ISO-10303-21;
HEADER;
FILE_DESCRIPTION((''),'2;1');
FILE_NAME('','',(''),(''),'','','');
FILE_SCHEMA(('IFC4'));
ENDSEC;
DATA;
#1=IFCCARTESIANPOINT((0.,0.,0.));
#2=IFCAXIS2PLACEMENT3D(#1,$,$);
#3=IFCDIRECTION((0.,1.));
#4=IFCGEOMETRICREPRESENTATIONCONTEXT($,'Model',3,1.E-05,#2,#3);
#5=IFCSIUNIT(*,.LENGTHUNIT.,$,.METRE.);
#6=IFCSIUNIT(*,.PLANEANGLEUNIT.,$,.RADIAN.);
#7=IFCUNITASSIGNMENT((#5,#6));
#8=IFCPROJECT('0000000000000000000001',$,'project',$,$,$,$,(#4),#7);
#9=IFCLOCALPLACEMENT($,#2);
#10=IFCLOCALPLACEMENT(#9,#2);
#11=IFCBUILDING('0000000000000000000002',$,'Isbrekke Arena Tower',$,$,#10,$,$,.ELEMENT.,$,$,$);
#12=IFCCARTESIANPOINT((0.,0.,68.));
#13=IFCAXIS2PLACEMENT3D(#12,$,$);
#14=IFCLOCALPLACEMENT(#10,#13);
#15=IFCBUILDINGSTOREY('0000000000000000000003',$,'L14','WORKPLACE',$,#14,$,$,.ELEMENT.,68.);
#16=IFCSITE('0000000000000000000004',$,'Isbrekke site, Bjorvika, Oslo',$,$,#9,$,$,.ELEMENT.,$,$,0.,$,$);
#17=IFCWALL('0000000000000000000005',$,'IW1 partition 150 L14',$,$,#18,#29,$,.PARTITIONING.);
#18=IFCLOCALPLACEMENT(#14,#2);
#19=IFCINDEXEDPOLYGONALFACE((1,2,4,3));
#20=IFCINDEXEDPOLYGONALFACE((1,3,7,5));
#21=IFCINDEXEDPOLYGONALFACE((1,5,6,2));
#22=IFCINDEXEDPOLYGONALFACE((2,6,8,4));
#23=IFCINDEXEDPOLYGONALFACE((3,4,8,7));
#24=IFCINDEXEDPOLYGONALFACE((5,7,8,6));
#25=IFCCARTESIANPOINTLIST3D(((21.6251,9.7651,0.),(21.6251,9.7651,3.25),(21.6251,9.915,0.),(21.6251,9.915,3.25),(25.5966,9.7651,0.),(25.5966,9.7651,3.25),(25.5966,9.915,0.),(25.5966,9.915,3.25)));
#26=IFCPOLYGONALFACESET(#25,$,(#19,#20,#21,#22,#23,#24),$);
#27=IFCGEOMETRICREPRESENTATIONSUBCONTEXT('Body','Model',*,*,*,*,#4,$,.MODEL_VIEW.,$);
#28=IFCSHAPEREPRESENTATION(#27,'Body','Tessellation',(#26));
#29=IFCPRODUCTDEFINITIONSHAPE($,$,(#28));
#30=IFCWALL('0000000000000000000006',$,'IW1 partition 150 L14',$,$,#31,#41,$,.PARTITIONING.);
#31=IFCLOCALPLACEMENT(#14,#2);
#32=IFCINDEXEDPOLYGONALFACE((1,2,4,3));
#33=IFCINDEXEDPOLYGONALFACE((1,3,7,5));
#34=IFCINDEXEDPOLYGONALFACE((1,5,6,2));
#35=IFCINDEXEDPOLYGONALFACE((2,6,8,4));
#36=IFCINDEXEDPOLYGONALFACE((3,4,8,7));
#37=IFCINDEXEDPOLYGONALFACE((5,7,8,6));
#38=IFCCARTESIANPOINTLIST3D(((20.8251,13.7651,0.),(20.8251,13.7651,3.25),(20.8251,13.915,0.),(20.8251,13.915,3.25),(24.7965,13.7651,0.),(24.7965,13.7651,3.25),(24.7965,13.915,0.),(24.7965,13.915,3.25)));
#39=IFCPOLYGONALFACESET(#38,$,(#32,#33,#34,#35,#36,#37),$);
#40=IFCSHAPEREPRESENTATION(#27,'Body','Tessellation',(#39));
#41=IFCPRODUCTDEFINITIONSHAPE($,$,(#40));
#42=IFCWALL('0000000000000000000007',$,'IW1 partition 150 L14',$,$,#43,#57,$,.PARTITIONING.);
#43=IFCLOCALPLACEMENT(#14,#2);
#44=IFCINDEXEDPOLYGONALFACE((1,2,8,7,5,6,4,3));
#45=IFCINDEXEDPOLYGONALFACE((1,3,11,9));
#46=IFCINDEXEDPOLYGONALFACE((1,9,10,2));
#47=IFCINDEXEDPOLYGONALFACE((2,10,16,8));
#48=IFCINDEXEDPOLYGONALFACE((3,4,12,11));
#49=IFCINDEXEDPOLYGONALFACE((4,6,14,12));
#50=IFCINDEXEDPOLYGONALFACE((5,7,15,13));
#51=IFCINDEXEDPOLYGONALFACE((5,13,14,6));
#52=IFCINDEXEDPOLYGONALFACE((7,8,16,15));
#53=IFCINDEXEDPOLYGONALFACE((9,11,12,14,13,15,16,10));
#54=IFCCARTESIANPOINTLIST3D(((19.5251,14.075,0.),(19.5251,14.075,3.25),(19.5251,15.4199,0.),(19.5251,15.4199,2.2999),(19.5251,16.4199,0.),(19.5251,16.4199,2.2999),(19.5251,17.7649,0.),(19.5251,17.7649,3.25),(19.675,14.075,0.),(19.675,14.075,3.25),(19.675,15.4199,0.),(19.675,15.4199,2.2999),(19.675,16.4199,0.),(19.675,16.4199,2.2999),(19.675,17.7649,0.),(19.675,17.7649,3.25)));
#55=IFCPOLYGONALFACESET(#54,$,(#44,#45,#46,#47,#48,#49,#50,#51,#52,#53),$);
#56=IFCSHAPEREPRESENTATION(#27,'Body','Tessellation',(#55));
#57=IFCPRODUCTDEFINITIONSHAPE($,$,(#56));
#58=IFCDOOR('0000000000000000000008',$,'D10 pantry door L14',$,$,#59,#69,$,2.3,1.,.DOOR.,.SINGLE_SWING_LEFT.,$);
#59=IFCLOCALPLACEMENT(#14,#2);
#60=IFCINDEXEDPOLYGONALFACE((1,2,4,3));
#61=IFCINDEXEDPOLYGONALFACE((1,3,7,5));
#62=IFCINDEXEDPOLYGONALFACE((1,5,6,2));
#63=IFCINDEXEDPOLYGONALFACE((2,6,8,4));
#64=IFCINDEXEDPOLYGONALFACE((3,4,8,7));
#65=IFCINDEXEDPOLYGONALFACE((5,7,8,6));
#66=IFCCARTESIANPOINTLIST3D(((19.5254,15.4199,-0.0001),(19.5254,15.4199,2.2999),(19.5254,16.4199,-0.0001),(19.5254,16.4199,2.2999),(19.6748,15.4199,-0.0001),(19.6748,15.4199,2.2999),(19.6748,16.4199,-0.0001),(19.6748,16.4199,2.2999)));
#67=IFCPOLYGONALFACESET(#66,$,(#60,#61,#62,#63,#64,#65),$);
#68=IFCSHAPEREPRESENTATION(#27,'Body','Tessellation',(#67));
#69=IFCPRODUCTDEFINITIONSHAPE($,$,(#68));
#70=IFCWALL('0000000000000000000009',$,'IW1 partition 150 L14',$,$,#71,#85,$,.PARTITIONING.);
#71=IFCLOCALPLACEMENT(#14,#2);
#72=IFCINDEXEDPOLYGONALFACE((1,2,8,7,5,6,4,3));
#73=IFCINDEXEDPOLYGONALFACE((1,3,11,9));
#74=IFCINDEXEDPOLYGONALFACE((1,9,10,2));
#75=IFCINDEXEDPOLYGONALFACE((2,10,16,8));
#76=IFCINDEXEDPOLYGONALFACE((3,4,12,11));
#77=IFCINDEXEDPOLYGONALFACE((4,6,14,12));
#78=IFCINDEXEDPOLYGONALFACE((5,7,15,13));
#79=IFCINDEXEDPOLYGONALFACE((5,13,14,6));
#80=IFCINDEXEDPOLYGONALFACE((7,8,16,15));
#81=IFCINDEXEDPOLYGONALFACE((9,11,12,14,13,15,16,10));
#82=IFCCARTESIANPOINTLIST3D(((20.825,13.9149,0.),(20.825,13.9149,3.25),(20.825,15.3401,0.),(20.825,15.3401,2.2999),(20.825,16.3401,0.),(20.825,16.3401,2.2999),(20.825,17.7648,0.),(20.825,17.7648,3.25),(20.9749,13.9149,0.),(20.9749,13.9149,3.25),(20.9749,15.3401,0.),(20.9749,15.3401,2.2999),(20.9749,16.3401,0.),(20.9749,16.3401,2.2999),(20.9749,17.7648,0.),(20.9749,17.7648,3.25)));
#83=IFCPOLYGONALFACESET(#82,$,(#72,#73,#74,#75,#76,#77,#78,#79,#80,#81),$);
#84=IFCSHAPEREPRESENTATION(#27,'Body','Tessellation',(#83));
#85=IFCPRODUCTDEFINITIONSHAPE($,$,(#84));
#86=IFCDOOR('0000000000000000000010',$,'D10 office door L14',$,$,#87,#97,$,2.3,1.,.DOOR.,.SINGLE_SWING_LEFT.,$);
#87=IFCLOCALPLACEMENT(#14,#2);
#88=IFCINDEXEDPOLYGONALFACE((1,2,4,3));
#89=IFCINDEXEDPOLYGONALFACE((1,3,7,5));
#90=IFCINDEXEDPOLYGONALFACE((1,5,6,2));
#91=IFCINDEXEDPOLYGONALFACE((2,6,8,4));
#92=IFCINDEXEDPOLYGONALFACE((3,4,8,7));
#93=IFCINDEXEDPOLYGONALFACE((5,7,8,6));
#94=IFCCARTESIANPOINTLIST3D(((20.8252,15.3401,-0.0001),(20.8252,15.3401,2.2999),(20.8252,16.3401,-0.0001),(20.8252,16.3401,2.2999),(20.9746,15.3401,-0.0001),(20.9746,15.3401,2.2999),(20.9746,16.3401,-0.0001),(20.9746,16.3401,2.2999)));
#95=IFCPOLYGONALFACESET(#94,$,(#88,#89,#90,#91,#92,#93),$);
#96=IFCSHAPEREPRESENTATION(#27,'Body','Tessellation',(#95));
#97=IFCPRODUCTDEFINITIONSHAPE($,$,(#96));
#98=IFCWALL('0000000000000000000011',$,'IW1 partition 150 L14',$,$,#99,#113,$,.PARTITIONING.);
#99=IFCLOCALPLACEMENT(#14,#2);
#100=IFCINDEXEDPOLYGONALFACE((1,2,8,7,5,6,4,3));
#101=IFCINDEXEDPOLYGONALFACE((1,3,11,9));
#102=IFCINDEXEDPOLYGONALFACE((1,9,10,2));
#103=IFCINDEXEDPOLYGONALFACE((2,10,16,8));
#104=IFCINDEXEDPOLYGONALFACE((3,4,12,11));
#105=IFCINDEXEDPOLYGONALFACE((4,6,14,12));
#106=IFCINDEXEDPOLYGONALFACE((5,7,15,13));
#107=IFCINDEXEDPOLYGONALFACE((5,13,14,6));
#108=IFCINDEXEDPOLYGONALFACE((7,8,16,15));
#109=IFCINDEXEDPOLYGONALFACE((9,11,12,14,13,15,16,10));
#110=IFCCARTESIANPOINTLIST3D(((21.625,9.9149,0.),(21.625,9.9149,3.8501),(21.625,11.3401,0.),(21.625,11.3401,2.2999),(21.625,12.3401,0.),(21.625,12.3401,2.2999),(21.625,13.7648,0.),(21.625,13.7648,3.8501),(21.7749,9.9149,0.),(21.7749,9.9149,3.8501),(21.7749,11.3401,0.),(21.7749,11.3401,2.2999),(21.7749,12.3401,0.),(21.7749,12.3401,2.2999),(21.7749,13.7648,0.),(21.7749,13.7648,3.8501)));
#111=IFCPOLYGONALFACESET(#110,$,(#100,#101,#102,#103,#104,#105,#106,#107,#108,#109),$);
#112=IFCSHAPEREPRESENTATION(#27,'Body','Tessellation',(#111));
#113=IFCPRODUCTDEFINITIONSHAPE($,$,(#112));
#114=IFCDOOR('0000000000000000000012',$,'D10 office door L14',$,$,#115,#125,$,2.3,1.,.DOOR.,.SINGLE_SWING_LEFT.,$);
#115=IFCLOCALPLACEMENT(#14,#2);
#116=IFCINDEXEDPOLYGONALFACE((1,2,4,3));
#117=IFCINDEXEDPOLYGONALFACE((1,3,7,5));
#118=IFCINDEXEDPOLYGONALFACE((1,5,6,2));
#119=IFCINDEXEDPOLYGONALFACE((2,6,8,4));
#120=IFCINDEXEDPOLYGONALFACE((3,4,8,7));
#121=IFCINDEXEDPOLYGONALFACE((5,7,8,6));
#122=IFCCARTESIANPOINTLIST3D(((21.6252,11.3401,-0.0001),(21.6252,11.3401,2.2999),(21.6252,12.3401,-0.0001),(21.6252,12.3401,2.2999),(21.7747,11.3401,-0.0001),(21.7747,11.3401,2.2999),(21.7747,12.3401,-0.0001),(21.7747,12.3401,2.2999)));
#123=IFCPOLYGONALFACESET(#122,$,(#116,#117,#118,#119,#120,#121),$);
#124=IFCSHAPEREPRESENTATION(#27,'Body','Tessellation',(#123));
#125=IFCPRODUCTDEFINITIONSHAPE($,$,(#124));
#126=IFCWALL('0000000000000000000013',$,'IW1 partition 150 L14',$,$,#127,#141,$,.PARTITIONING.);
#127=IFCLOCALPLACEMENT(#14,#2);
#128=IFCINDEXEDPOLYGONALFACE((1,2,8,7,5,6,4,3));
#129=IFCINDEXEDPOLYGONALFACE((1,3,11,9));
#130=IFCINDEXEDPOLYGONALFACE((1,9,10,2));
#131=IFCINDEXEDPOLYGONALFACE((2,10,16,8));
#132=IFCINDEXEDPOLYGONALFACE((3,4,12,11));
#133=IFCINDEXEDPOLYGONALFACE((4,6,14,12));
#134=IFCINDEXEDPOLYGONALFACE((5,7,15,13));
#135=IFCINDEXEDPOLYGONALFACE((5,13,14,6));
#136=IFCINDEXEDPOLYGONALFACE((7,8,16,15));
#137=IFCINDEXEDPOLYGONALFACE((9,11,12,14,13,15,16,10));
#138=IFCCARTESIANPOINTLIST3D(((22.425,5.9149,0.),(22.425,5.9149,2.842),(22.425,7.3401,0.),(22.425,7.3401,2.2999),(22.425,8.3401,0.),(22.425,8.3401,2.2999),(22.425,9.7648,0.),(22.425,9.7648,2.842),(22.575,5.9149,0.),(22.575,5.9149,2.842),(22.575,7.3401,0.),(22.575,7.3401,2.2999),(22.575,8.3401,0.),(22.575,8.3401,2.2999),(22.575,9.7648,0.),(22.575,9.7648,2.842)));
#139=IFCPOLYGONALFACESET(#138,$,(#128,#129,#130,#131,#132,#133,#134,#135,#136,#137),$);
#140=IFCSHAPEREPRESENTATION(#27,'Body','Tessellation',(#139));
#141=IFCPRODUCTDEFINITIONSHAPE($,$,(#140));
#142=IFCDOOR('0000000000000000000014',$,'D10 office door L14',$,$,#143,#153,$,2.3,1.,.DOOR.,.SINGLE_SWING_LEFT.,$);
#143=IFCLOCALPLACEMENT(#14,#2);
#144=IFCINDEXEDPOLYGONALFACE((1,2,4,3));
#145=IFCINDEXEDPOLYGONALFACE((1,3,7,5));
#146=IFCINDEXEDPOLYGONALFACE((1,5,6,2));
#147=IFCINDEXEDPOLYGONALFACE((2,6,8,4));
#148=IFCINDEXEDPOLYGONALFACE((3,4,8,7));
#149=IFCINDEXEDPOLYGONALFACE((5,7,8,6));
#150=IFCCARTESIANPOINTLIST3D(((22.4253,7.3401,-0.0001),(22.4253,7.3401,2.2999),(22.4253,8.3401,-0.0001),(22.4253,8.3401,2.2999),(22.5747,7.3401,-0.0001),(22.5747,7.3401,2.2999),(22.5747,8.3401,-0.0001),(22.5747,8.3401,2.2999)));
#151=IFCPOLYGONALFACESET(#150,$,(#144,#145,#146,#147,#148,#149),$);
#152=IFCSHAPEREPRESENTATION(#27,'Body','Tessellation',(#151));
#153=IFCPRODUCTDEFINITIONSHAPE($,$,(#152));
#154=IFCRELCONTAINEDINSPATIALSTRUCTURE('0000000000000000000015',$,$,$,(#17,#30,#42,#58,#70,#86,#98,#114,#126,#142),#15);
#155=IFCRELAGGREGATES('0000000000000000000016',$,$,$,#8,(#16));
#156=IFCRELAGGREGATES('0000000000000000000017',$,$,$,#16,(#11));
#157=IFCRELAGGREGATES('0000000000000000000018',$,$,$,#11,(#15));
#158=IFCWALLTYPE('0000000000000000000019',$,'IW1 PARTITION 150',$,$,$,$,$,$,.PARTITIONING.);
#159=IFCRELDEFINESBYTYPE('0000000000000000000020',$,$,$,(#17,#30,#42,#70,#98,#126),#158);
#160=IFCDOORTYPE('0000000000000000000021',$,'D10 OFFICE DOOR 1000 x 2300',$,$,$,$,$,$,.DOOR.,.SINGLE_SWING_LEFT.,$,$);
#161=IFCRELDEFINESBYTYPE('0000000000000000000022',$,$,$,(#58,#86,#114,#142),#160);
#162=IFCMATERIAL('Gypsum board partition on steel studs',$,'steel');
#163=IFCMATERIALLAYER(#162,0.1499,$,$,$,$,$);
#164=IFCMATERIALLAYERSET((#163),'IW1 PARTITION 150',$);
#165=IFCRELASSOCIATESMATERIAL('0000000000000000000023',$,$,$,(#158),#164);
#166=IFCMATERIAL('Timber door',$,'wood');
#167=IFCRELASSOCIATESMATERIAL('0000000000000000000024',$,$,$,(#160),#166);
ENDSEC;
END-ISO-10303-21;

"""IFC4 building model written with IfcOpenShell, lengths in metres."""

from ifc_helpers import new_model, si_unit, direction, frame, frame_2d, origin, place, context, subcontext, project, spatial, rectangle, extrude, material, layer, layer_set, type_object, element, fill, save


model = new_model("IFC4")

# Units and contexts
model_context = context("Model", 3, precision=1e-05, world=origin(), true_north=direction((0.0, 1.0)))
body_context = subcontext(model_context, "Body", "Model", "MODEL_VIEW")
ifc_project = project(units=[si_unit("LENGTHUNIT", "METRE"), si_unit("PLANEANGLEUNIT", "RADIAN")], contexts=[model_context])

# Site, building, storey
site_placement = place(None, origin())
site = spatial("IfcSite", under=ifc_project, at=site_placement, Name="Isbrekke site, Bjorvika, Oslo", CompositionType="ELEMENT", RefElevation=0.0)
building_placement = place(site_placement, origin())
building = spatial("IfcBuilding", under=site, at=building_placement, Name="Isbrekke Arena Tower", CompositionType="ELEMENT")
storey_placement = place(building_placement, frame((0.0, 0.0, 68.0)))
storey = spatial("IfcBuildingStorey", under=building, at=storey_placement, Name="L14", Description="WORKPLACE", CompositionType="ELEMENT", Elevation=68.0)

# Walls
ifc_material_1 = material(Name="Gypsum board partition on steel studs", Category="steel")
ifc_layer_1 = layer(ifc_material_1, 0.1499)
ifc_layer_set_1 = layer_set([ifc_layer_1], Name="IW1 PARTITION 150")
wall_type = type_object("IfcWallType", Name="IW1 PARTITION 150", PredefinedType="PARTITIONING", material=ifc_layer_set_1)
for number, where, z_axis, x_axis, name in (
    (1, (21.625, 9.8401, 0.0), (0.0, 0.0, 1.0), (1.0, 0.0, 0.0), "IW1 partition 150 L14"),
    (2, (20.825, 13.8401, 0.0), (0.0, 0.0, 1.0), (1.0, 0.0, 0.0), "IW1 partition 150 L14"),
):
    element("IfcWall", number, at=place(storey_placement, frame(where, z_axis=z_axis, x_axis=x_axis)), inside=storey, type_object=wall_type, Name=name, PredefinedType="PARTITIONING", context=body_context, shape_type="SweptSolid", body=[
        extrude(rectangle(XDim=3.9714, YDim=0.1499, at=frame_2d((1.9858, 0.0))), origin(), (0.0, 0.0, 1.0), 3.25),
    ])

# Walls, openings, doors
wall_1_placement = place(storey_placement, frame((19.6001, 14.075, 0.0), z_axis=(0.0, 0.0, 1.0), x_axis=(0.0, 1.0, 0.0)))
wall_1 = element("IfcWall", 3, at=wall_1_placement, inside=storey, type_object=wall_type, Name="IW1 partition 150 L14", PredefinedType="PARTITIONING", context=body_context, shape_type="SweptSolid", body=[
    extrude(rectangle(XDim=3.6899, YDim=0.1499, at=frame_2d((1.845, 0.0))), origin(), (0.0, 0.0, 1.0), 3.25),
])
opening_1_placement = place(wall_1_placement, frame((1.345, 0.0, 0.0)))
opening_1 = element("IfcOpeningElement", 4, at=opening_1_placement, cuts=wall_1, PredefinedType="OPENING", context=body_context, shape_type="SweptSolid", body=[
    extrude(rectangle(XDim=1.0, YDim=2.3, at=frame_2d((0.5, 1.1499))), frame((0.0, 0.0898, 0.0), z_axis=(0.0, -1.0, 0.0), x_axis=(1.0, 0.0, 0.0)), (0.0, 0.0, 1.0), 0.1797),
])
ifc_material_2 = material(Name="Timber door", Category="wood")
door_type = type_object("IfcDoorType", Name="D10 OFFICE DOOR 1000 x 2300", OperationType="SINGLE_SWING_LEFT", PredefinedType="DOOR", material=ifc_material_2)
door_1_placement = place(opening_1_placement, origin())
door_1 = element("IfcDoor", 5, at=door_1_placement, inside=storey, type_object=door_type, Name="D10 pantry door L14", OperationType="SINGLE_SWING_LEFT", OverallHeight=2.3, OverallWidth=1.0, PredefinedType="DOOR", context=body_context, shape_type="SweptSolid", body=[
    extrude(rectangle(XDim=1.0, YDim=2.3, at=frame_2d((0.5, 1.1499))), frame((0.0, 0.0747, 0.0), z_axis=(0.0, -1.0, 0.0), x_axis=(1.0, 0.0, 0.0)), (0.0, 0.0, 1.0), 0.1494),
])
fill(opening_1, door_1)
wall_2_placement = place(storey_placement, frame((20.8999, 13.915, 0.0), z_axis=(0.0, 0.0, 1.0), x_axis=(0.0, 1.0, 0.0)))
wall_2 = element("IfcWall", 6, at=wall_2_placement, inside=storey, type_object=wall_type, Name="IW1 partition 150 L14", PredefinedType="PARTITIONING", context=body_context, shape_type="SweptSolid", body=[
    extrude(rectangle(XDim=3.8499, YDim=0.1499, at=frame_2d((1.9248, 0.0))), origin(), (0.0, 0.0, 1.0), 3.25),
])
opening_2_placement = place(wall_2_placement, frame((1.425, 0.0, 0.0)))
opening_2 = element("IfcOpeningElement", 7, at=opening_2_placement, cuts=wall_2, PredefinedType="OPENING", context=body_context, shape_type="SweptSolid", body=[
    extrude(rectangle(XDim=1.0, YDim=2.3, at=frame_2d((0.5, 1.1499))), frame((0.0, 0.0898, 0.0), z_axis=(0.0, -1.0, 0.0), x_axis=(1.0, 0.0, 0.0)), (0.0, 0.0, 1.0), 0.1797),
])
door_2_placement = place(opening_2_placement, origin())
door_2 = element("IfcDoor", 8, at=door_2_placement, inside=storey, type_object=door_type, Name="D10 office door L14", OperationType="SINGLE_SWING_LEFT", OverallHeight=2.3, OverallWidth=1.0, PredefinedType="DOOR", context=body_context, shape_type="SweptSolid", body=[
    extrude(rectangle(XDim=1.0, YDim=2.3, at=frame_2d((0.5, 1.1499))), frame((0.0, 0.0747, 0.0), z_axis=(0.0, -1.0, 0.0), x_axis=(1.0, 0.0, 0.0)), (0.0, 0.0, 1.0), 0.1494),
])
fill(opening_2, door_2)
wall_3_placement = place(storey_placement, frame((21.7, 9.915, 0.0), z_axis=(0.0, 0.0, 1.0), x_axis=(0.0, 1.0, 0.0)))
wall_3 = element("IfcWall", 9, at=wall_3_placement, inside=storey, type_object=wall_type, Name="IW1 partition 150 L14", PredefinedType="PARTITIONING", context=body_context, shape_type="SweptSolid", body=[
    extrude(rectangle(XDim=3.8499, YDim=0.1499, at=frame_2d((1.9248, 0.0))), origin(), (0.0, 0.0, 1.0), 3.8501),
])
opening_3_placement = place(wall_3_placement, frame((1.425, 0.0, 0.0)))
opening_3 = element("IfcOpeningElement", 10, at=opening_3_placement, cuts=wall_3, PredefinedType="OPENING", context=body_context, shape_type="SweptSolid", body=[
    extrude(rectangle(XDim=1.0, YDim=2.3, at=frame_2d((0.5, 1.1499))), frame((0.0, 0.0898, 0.0), z_axis=(0.0, -1.0, 0.0), x_axis=(1.0, 0.0, 0.0)), (0.0, 0.0, 1.0), 0.1797),
])
door_3_placement = place(opening_3_placement, origin())
door_3 = element("IfcDoor", 11, at=door_3_placement, inside=storey, type_object=door_type, Name="D10 office door L14", OperationType="SINGLE_SWING_LEFT", OverallHeight=2.3, OverallWidth=1.0, PredefinedType="DOOR", context=body_context, shape_type="SweptSolid", body=[
    extrude(rectangle(XDim=1.0, YDim=2.3, at=frame_2d((0.5, 1.1499))), frame((0.0, 0.0747, 0.0), z_axis=(0.0, -1.0, 0.0), x_axis=(1.0, 0.0, 0.0)), (0.0, 0.0, 1.0), 0.1494),
])
fill(opening_3, door_3)
wall_4_placement = place(storey_placement, frame((22.5, 5.915, 0.0), z_axis=(0.0, 0.0, 1.0), x_axis=(0.0, 1.0, 0.0)))
wall_4 = element("IfcWall", 12, at=wall_4_placement, inside=storey, type_object=wall_type, Name="IW1 partition 150 L14", PredefinedType="PARTITIONING", context=body_context, shape_type="SweptSolid", body=[
    extrude(rectangle(XDim=3.8499, YDim=0.1499, at=frame_2d((1.9248, 0.0))), origin(), (0.0, 0.0, 1.0), 2.842),
])
opening_4_placement = place(wall_4_placement, frame((1.425, 0.0, 0.0)))
opening_4 = element("IfcOpeningElement", 13, at=opening_4_placement, cuts=wall_4, PredefinedType="OPENING", context=body_context, shape_type="SweptSolid", body=[
    extrude(rectangle(XDim=1.0, YDim=2.3, at=frame_2d((0.5, 1.1499))), frame((0.0, 0.0898, 0.0), z_axis=(0.0, -1.0, 0.0), x_axis=(1.0, 0.0, 0.0)), (0.0, 0.0, 1.0), 0.1797),
])
door_4_placement = place(opening_4_placement, origin())
door_4 = element("IfcDoor", 14, at=door_4_placement, inside=storey, type_object=door_type, Name="D10 office door L14", OperationType="SINGLE_SWING_LEFT", OverallHeight=2.3, OverallWidth=1.0, PredefinedType="DOOR", context=body_context, shape_type="SweptSolid", body=[
    extrude(rectangle(XDim=1.0, YDim=2.3, at=frame_2d((0.5, 1.1499))), frame((0.0, 0.0747, 0.0), z_axis=(0.0, -1.0, 0.0), x_axis=(1.0, 0.0, 0.0)), (0.0, 0.0, 1.0), 0.1494),
])
fill(opening_4, door_4)

save(model, "model.ifc")
